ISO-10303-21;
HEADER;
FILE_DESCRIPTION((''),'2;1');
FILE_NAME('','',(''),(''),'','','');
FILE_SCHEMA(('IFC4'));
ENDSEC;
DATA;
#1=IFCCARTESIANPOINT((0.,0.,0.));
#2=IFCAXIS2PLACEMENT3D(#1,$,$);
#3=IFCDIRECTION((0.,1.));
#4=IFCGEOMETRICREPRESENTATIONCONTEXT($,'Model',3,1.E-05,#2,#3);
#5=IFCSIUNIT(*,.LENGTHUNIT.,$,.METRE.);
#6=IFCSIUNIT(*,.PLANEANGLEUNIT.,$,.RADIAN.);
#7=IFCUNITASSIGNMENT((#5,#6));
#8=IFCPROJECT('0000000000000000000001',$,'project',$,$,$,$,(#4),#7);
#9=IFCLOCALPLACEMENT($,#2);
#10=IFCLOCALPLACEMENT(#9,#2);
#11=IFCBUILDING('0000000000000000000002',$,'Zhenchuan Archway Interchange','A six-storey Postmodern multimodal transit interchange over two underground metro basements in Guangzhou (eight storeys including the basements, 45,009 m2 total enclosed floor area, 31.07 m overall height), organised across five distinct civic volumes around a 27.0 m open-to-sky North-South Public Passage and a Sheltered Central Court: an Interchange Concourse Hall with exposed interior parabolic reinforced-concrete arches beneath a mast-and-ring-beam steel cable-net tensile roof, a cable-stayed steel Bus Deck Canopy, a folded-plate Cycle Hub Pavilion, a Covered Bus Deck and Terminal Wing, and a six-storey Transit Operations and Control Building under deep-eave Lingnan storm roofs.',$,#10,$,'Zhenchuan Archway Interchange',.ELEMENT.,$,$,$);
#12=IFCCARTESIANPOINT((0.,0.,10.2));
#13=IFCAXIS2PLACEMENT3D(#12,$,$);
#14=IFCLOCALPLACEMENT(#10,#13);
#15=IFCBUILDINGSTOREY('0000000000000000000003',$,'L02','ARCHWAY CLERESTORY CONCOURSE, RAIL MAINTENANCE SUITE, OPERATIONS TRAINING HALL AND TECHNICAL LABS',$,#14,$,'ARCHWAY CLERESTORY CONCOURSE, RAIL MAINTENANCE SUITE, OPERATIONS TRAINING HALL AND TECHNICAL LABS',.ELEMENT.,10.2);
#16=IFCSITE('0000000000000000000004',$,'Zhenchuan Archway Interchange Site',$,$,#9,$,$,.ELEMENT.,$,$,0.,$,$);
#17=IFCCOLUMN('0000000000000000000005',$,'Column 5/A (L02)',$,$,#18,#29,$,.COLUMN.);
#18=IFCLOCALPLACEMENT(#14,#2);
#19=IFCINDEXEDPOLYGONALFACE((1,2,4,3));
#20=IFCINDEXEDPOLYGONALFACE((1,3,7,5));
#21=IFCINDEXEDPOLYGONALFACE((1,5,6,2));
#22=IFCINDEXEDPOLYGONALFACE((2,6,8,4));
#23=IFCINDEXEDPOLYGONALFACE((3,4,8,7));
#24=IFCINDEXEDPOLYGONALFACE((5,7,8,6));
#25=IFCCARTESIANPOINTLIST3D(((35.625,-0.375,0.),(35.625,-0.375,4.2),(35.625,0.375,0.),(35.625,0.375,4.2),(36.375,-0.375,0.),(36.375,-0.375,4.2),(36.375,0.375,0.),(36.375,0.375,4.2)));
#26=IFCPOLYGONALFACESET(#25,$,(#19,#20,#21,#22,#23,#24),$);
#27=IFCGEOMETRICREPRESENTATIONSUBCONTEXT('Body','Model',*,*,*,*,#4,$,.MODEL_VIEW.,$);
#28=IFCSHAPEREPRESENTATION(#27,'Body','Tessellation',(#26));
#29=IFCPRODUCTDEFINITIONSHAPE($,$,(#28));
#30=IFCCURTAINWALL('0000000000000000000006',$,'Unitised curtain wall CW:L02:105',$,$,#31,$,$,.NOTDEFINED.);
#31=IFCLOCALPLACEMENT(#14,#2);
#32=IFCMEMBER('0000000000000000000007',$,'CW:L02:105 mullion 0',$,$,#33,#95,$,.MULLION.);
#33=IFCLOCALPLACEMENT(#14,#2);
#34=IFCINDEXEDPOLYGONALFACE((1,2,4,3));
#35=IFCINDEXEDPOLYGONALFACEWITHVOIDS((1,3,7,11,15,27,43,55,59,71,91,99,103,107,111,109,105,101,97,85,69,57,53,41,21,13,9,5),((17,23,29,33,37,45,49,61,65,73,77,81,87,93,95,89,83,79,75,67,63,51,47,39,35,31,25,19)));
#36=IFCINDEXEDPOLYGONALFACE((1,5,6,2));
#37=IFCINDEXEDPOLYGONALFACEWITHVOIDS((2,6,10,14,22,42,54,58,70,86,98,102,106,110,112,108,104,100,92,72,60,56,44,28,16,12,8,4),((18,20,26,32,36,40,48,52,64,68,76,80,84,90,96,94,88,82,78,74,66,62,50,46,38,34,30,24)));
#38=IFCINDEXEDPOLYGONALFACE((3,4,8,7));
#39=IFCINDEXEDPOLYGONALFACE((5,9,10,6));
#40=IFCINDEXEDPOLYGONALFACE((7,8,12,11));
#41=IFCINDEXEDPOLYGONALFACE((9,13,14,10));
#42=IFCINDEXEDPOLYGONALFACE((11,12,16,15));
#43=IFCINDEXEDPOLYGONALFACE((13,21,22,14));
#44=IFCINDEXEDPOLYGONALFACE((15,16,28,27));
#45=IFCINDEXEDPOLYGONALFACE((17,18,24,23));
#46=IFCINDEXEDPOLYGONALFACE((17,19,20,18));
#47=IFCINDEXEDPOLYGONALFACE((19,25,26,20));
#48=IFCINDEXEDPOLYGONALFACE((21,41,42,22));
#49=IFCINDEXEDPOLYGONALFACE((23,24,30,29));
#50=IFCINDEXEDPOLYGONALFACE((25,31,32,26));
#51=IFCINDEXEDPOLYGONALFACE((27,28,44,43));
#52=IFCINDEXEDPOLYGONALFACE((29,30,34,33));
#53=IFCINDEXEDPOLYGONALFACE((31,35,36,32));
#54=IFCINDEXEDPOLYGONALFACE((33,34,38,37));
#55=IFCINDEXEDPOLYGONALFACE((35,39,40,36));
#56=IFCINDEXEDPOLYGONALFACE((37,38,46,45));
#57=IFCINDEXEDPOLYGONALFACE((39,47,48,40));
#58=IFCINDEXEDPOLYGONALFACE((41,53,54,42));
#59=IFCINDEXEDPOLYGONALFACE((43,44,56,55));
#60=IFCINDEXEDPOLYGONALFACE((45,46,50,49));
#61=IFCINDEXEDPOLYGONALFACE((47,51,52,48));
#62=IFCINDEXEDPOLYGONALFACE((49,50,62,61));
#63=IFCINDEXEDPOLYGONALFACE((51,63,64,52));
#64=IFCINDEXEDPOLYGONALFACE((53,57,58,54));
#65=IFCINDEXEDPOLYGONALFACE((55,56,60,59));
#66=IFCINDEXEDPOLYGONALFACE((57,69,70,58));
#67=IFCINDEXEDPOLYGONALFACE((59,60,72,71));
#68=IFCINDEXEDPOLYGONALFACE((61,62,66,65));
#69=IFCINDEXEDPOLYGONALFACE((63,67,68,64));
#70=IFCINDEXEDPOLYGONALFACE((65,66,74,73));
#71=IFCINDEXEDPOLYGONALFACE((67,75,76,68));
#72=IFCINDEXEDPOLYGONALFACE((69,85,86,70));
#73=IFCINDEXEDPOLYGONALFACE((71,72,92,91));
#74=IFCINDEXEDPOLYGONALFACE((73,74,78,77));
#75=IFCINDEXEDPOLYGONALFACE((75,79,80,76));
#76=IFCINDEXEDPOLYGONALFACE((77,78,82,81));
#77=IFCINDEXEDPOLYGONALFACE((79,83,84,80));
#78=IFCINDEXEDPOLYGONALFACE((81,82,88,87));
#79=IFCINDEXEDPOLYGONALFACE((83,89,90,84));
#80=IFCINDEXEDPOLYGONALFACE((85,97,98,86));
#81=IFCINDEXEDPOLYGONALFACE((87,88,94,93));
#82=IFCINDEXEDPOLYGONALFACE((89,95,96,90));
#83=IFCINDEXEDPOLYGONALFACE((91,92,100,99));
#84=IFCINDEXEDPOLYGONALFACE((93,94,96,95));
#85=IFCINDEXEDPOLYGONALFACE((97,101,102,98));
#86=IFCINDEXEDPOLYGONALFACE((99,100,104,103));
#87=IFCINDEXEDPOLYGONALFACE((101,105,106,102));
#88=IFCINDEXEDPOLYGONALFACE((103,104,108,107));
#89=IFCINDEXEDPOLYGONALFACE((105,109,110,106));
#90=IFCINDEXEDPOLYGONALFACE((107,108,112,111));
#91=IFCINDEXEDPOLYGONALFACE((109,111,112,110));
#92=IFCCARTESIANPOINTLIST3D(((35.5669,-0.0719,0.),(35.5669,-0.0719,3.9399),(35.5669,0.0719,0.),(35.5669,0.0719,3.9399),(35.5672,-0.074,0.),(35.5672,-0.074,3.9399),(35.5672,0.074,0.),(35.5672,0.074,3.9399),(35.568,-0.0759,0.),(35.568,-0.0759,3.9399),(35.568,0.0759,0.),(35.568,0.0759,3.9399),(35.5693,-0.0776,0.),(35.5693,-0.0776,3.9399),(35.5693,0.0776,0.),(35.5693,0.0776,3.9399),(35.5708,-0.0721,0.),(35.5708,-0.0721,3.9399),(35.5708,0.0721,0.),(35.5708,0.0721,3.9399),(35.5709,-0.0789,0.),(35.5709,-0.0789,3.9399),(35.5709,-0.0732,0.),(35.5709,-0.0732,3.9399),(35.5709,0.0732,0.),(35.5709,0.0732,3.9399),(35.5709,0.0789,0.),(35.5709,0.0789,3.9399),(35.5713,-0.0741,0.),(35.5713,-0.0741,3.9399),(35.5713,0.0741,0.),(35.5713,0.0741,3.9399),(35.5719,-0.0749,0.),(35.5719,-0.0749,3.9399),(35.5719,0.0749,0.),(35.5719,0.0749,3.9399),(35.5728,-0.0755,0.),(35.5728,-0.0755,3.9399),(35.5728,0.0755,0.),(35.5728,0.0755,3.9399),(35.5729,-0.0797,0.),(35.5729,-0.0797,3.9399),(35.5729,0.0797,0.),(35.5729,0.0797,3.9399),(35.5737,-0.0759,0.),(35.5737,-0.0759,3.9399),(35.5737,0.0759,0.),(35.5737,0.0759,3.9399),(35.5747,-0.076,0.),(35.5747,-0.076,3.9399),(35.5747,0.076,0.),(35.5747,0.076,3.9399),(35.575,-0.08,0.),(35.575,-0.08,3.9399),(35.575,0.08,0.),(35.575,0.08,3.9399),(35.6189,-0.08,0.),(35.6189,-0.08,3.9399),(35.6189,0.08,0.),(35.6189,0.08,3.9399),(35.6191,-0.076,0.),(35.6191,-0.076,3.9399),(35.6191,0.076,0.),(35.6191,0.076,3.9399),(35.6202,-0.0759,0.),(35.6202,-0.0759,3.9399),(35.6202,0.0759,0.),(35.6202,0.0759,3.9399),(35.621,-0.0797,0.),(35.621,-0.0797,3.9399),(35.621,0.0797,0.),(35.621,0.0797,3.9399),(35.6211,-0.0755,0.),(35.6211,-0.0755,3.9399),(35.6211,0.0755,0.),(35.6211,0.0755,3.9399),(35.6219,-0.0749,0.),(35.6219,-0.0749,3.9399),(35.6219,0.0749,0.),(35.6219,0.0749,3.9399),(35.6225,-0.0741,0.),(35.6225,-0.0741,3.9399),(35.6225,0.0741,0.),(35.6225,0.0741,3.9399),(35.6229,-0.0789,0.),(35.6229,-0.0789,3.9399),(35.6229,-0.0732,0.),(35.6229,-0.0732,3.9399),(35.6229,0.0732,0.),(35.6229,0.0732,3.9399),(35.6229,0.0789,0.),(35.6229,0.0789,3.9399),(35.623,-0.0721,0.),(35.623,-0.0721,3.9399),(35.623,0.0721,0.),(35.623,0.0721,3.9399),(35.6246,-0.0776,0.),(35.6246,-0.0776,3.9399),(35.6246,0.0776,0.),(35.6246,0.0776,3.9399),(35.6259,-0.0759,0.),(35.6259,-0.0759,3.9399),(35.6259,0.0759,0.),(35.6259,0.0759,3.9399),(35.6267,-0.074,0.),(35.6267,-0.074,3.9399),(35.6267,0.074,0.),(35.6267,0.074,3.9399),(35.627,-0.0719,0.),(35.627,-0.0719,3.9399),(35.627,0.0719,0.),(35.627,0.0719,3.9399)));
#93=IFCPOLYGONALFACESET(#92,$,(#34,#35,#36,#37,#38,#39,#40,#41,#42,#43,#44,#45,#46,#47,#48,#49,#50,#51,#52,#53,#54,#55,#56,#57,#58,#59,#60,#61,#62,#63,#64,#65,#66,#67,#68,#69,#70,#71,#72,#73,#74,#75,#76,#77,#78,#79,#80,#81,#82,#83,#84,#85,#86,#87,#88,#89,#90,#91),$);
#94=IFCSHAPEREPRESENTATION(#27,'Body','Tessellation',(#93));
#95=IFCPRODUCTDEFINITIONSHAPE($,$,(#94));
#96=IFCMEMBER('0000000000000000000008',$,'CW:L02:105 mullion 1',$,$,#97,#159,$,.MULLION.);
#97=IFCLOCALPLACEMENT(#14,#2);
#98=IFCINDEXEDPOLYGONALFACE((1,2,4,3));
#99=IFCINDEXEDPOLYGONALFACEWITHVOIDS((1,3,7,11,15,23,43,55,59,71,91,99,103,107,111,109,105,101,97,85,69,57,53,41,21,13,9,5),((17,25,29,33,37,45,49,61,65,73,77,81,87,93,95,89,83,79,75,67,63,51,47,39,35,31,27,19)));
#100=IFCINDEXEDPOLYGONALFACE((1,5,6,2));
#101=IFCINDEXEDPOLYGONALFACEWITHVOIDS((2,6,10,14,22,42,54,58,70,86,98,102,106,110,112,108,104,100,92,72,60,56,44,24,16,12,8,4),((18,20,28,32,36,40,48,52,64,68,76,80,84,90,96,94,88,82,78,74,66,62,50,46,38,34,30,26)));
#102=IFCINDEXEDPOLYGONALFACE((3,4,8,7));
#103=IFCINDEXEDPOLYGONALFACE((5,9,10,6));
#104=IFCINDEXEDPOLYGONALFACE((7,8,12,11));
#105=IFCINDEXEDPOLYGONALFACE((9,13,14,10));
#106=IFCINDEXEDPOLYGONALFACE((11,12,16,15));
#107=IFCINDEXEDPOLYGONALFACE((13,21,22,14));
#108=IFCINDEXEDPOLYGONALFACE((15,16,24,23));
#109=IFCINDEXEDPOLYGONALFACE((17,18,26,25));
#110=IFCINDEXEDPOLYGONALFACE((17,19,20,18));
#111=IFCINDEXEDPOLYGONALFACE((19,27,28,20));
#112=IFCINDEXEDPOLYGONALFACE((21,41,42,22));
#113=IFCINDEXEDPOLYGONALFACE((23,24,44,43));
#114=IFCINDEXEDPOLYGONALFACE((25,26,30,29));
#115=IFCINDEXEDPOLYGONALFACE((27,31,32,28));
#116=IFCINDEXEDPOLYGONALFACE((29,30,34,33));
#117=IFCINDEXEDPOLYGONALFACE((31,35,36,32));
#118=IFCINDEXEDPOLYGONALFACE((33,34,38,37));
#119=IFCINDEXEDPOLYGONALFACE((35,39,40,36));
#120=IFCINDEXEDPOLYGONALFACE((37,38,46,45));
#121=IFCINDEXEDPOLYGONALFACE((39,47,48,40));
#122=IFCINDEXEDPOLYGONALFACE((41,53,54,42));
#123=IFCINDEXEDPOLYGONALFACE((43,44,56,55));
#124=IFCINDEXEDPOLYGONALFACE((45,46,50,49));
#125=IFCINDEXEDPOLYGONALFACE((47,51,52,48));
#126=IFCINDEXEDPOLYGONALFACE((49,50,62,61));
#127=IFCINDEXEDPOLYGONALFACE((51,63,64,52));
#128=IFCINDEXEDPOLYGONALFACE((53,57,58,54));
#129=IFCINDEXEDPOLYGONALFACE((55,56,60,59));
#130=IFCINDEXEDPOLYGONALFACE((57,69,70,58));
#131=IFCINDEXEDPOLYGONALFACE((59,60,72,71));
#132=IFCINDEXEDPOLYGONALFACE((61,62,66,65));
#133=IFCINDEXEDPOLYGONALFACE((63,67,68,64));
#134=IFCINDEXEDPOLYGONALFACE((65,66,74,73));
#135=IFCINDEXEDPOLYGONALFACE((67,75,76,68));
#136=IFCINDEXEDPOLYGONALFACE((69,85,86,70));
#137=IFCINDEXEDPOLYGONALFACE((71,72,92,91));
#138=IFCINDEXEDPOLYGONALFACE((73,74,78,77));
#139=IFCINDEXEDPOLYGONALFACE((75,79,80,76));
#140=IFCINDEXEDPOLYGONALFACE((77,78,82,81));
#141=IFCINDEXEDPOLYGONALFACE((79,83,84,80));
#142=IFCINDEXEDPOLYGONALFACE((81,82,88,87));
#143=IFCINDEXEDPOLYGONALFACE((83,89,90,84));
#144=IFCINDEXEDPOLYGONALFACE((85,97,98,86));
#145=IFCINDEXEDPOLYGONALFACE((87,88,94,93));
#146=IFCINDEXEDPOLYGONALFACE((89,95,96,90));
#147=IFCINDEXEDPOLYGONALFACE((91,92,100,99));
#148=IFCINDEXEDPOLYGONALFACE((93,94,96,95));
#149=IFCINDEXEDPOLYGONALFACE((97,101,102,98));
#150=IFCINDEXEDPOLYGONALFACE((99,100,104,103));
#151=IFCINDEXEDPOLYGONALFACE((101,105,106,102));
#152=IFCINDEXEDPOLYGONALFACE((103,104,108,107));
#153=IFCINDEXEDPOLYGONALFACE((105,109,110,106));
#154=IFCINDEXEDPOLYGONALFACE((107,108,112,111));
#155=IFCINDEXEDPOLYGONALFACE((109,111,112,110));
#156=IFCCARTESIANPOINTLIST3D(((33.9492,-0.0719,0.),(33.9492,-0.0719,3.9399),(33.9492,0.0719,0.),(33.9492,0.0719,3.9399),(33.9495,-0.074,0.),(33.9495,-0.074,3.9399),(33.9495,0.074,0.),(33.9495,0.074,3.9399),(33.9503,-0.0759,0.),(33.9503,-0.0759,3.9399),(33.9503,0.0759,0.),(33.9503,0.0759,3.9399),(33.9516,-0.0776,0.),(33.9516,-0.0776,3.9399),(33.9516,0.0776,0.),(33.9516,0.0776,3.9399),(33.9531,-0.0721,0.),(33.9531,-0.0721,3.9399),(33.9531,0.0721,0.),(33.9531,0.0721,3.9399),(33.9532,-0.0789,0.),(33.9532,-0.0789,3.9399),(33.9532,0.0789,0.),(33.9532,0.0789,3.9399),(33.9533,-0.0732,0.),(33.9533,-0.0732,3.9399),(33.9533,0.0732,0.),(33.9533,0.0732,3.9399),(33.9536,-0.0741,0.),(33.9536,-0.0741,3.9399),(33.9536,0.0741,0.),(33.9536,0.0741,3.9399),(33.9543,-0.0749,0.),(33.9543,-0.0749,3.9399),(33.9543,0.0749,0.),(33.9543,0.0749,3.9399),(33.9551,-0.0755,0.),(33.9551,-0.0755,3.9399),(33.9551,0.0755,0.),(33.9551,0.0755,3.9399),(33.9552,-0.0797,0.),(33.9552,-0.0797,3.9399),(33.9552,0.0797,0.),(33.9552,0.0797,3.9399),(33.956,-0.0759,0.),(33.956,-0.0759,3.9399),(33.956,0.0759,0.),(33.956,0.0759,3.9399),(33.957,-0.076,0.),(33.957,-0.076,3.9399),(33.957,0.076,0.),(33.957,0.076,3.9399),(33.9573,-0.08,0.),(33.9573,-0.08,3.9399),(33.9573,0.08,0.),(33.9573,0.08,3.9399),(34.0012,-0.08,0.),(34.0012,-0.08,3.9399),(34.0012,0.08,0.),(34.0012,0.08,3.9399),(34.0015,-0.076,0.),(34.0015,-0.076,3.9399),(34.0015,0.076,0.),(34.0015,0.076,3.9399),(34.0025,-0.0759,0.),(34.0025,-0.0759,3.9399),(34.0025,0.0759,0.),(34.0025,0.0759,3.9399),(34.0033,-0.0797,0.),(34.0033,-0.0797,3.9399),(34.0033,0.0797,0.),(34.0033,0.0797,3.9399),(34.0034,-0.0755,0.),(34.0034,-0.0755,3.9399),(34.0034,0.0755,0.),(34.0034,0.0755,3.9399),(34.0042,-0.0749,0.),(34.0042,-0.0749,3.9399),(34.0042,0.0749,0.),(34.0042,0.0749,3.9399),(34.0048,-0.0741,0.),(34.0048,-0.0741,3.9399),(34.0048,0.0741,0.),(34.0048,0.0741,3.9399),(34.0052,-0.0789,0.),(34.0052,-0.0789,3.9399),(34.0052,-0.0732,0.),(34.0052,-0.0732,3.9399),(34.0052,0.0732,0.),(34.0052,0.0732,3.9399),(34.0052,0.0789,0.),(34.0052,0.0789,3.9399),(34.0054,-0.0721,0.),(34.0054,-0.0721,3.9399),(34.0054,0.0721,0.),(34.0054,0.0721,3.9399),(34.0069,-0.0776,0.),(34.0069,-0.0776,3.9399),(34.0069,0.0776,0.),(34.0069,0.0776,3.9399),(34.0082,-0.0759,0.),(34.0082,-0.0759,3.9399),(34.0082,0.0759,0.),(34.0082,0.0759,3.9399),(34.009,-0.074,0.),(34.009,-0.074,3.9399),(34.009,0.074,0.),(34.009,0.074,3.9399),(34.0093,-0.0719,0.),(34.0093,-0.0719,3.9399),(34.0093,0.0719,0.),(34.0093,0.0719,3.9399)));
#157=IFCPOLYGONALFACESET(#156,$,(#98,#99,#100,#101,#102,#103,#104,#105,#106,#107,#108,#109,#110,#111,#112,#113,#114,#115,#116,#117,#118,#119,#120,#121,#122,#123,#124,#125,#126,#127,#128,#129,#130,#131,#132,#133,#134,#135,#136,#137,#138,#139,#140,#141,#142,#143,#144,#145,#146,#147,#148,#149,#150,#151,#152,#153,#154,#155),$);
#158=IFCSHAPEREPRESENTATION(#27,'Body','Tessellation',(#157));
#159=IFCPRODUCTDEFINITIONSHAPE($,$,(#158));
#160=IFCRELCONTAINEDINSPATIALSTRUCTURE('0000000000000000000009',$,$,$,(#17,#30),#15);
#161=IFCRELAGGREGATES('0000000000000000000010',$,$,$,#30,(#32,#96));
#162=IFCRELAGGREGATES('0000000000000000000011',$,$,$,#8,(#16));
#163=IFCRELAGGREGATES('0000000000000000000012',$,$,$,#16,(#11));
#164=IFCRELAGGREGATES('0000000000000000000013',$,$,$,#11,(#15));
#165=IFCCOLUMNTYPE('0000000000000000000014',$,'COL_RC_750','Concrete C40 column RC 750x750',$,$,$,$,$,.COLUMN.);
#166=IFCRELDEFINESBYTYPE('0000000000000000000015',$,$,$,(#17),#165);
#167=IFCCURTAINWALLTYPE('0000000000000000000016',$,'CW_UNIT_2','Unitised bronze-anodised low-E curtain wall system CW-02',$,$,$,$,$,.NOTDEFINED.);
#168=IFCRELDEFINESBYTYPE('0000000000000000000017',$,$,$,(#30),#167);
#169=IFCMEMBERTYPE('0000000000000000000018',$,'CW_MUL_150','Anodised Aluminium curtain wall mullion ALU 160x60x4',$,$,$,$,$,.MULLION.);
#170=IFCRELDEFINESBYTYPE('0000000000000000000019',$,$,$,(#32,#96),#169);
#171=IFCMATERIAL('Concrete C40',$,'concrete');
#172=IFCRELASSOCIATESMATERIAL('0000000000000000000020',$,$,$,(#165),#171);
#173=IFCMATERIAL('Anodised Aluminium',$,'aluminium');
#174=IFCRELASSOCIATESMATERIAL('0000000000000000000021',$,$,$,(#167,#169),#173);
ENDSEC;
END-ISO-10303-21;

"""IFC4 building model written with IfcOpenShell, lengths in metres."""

from ifc_helpers import new_model, si_unit, direction, frame, origin, origin_2d, place, context, subcontext, project, spatial, rectangle, hollow_rectangle, extrude, material, material_profile, profile_set, type_object, element, aggregate, save


model = new_model("IFC4")

# Units and contexts
model_context = context("Model", 3, precision=1e-05, world=origin(), true_north=direction((0.0, 1.0)))
body_context = subcontext(model_context, "Body", "Model", "MODEL_VIEW")
ifc_project = project(units=[si_unit("LENGTHUNIT", "METRE"), si_unit("PLANEANGLEUNIT", "RADIAN")], contexts=[model_context])

# Site, building, storey
site_placement = place(None, origin())
site = spatial("IfcSite", under=ifc_project, at=site_placement, Name="Zhenchuan Archway Interchange Site", CompositionType="ELEMENT", RefElevation=0.0)
building_placement = place(site_placement, origin())
building = spatial("IfcBuilding", under=site, at=building_placement, Name="Zhenchuan Archway Interchange", Description="A six-storey Postmodern multimodal transit interchange over two underground metro basements in Guangzhou (eight storeys including the basements, 45,009 m2 total enclosed floor area, 31.07 m overall height), organised across five distinct civic volumes around a 27.0 m open-to-sky North-South Public Passage and a Sheltered Central Court: an Interchange Concourse Hall with exposed interior parabolic reinforced-concrete arches beneath a mast-and-ring-beam steel cable-net tensile roof, a cable-stayed steel Bus Deck Canopy, a folded-plate Cycle Hub Pavilion, a Covered Bus Deck and Terminal Wing, and a six-storey Transit Operations and Control Building under deep-eave Lingnan storm roofs.", LongName="Zhenchuan Archway Interchange", CompositionType="ELEMENT")
storey_placement = place(building_placement, frame((0.0, 0.0, 10.2)))
storey = spatial("IfcBuildingStorey", under=building, at=storey_placement, Name="L02", Description="ARCHWAY CLERESTORY CONCOURSE, RAIL MAINTENANCE SUITE, OPERATIONS TRAINING HALL AND TECHNICAL LABS", LongName="ARCHWAY CLERESTORY CONCOURSE, RAIL MAINTENANCE SUITE, OPERATIONS TRAINING HALL AND TECHNICAL LABS", CompositionType="ELEMENT", Elevation=10.2)

# Column
ifc_material_1 = material(Name="Concrete C40", Category="concrete")
ifc_material_profile_1 = material_profile(ifc_material_1, rectangle(XDim=0.75, YDim=0.75, at=origin_2d()), Name="RC 750x750")
ifc_profile_set_1 = profile_set([ifc_material_profile_1], Name="Concrete C40")
column_type = type_object("IfcColumnType", Name="COL_RC_750", Description="Concrete C40 column RC 750x750", PredefinedType="COLUMN", material=ifc_profile_set_1)
column_placement = place(storey_placement, frame((36.0, 0.0, 0.0), z_axis=(0.0, 0.0, 1.0), x_axis=(1.0, 0.0, 0.0)))
element("IfcColumn", 1, at=column_placement, inside=storey, type_object=column_type, Name="Column 5/A (L02)", PredefinedType="COLUMN", context=body_context, shape_type="SweptSolid", body=[
    extrude(rectangle(XDim=0.75, YDim=0.75, at=origin_2d()), origin(), (0.0, 0.0, 1.0), 4.2),
])

# Curtain wall, members
ifc_material_2 = material(Name="Anodised Aluminium", Category="aluminium")
curtain_wall_type_1 = type_object("IfcCurtainWallType", Name="CW_UNIT_2", Description="Unitised bronze-anodised low-E curtain wall system CW-02", PredefinedType="NOTDEFINED", material=ifc_material_2)
curtain_wall_1_placement = place(storey_placement, origin())
curtain_wall_1 = element("IfcCurtainWall", 2, at=curtain_wall_1_placement, inside=storey, type_object=curtain_wall_type_1, Name="Unitised curtain wall CW:L02:105", PredefinedType="NOTDEFINED")
ifc_material_profile_2 = material_profile(ifc_material_2, hollow_rectangle(XDim=0.0601, YDim=0.1599, WallThickness=0.0039, InnerFilletRadius=0.0039, OuterFilletRadius=0.0081, at=origin_2d()), Name="ALU 160x60x4")
ifc_profile_set_2 = profile_set([ifc_material_profile_2], Name="Anodised Aluminium")
member_type_1 = type_object("IfcMemberType", Name="CW_MUL_150", Description="Anodised Aluminium curtain wall mullion ALU 160x60x4", PredefinedType="MULLION", material=ifc_profile_set_2)
member_1_placement = place(storey_placement, frame((35.5969, 0.0, 0.0), z_axis=(0.0, 0.0, 1.0), x_axis=(1.0, 0.0, 0.0)))
member_1 = element("IfcMember", 3, at=member_1_placement, type_object=member_type_1, Name="CW:L02:105 mullion 0", PredefinedType="MULLION", context=body_context, shape_type="SweptSolid", body=[
    extrude(hollow_rectangle(XDim=0.0601, YDim=0.1599, WallThickness=0.0039, InnerFilletRadius=0.0039, OuterFilletRadius=0.0081, at=origin_2d()), origin(), (0.0, 0.0, 1.0), 3.9399),
])
member_2_placement = place(storey_placement, frame((33.9792, 0.0, 0.0), z_axis=(0.0, 0.0, 1.0), x_axis=(1.0, 0.0, 0.0)))
member_2 = element("IfcMember", 4, at=member_2_placement, type_object=member_type_1, Name="CW:L02:105 mullion 1", PredefinedType="MULLION", context=body_context, shape_type="SweptSolid", body=[
    extrude(hollow_rectangle(XDim=0.0601, YDim=0.1599, WallThickness=0.0039, InnerFilletRadius=0.0039, OuterFilletRadius=0.0081, at=origin_2d()), origin(), (0.0, 0.0, 1.0), 3.9399),
])

aggregate(curtain_wall_1, [member_1, member_2])

save(model, "model.ifc")
